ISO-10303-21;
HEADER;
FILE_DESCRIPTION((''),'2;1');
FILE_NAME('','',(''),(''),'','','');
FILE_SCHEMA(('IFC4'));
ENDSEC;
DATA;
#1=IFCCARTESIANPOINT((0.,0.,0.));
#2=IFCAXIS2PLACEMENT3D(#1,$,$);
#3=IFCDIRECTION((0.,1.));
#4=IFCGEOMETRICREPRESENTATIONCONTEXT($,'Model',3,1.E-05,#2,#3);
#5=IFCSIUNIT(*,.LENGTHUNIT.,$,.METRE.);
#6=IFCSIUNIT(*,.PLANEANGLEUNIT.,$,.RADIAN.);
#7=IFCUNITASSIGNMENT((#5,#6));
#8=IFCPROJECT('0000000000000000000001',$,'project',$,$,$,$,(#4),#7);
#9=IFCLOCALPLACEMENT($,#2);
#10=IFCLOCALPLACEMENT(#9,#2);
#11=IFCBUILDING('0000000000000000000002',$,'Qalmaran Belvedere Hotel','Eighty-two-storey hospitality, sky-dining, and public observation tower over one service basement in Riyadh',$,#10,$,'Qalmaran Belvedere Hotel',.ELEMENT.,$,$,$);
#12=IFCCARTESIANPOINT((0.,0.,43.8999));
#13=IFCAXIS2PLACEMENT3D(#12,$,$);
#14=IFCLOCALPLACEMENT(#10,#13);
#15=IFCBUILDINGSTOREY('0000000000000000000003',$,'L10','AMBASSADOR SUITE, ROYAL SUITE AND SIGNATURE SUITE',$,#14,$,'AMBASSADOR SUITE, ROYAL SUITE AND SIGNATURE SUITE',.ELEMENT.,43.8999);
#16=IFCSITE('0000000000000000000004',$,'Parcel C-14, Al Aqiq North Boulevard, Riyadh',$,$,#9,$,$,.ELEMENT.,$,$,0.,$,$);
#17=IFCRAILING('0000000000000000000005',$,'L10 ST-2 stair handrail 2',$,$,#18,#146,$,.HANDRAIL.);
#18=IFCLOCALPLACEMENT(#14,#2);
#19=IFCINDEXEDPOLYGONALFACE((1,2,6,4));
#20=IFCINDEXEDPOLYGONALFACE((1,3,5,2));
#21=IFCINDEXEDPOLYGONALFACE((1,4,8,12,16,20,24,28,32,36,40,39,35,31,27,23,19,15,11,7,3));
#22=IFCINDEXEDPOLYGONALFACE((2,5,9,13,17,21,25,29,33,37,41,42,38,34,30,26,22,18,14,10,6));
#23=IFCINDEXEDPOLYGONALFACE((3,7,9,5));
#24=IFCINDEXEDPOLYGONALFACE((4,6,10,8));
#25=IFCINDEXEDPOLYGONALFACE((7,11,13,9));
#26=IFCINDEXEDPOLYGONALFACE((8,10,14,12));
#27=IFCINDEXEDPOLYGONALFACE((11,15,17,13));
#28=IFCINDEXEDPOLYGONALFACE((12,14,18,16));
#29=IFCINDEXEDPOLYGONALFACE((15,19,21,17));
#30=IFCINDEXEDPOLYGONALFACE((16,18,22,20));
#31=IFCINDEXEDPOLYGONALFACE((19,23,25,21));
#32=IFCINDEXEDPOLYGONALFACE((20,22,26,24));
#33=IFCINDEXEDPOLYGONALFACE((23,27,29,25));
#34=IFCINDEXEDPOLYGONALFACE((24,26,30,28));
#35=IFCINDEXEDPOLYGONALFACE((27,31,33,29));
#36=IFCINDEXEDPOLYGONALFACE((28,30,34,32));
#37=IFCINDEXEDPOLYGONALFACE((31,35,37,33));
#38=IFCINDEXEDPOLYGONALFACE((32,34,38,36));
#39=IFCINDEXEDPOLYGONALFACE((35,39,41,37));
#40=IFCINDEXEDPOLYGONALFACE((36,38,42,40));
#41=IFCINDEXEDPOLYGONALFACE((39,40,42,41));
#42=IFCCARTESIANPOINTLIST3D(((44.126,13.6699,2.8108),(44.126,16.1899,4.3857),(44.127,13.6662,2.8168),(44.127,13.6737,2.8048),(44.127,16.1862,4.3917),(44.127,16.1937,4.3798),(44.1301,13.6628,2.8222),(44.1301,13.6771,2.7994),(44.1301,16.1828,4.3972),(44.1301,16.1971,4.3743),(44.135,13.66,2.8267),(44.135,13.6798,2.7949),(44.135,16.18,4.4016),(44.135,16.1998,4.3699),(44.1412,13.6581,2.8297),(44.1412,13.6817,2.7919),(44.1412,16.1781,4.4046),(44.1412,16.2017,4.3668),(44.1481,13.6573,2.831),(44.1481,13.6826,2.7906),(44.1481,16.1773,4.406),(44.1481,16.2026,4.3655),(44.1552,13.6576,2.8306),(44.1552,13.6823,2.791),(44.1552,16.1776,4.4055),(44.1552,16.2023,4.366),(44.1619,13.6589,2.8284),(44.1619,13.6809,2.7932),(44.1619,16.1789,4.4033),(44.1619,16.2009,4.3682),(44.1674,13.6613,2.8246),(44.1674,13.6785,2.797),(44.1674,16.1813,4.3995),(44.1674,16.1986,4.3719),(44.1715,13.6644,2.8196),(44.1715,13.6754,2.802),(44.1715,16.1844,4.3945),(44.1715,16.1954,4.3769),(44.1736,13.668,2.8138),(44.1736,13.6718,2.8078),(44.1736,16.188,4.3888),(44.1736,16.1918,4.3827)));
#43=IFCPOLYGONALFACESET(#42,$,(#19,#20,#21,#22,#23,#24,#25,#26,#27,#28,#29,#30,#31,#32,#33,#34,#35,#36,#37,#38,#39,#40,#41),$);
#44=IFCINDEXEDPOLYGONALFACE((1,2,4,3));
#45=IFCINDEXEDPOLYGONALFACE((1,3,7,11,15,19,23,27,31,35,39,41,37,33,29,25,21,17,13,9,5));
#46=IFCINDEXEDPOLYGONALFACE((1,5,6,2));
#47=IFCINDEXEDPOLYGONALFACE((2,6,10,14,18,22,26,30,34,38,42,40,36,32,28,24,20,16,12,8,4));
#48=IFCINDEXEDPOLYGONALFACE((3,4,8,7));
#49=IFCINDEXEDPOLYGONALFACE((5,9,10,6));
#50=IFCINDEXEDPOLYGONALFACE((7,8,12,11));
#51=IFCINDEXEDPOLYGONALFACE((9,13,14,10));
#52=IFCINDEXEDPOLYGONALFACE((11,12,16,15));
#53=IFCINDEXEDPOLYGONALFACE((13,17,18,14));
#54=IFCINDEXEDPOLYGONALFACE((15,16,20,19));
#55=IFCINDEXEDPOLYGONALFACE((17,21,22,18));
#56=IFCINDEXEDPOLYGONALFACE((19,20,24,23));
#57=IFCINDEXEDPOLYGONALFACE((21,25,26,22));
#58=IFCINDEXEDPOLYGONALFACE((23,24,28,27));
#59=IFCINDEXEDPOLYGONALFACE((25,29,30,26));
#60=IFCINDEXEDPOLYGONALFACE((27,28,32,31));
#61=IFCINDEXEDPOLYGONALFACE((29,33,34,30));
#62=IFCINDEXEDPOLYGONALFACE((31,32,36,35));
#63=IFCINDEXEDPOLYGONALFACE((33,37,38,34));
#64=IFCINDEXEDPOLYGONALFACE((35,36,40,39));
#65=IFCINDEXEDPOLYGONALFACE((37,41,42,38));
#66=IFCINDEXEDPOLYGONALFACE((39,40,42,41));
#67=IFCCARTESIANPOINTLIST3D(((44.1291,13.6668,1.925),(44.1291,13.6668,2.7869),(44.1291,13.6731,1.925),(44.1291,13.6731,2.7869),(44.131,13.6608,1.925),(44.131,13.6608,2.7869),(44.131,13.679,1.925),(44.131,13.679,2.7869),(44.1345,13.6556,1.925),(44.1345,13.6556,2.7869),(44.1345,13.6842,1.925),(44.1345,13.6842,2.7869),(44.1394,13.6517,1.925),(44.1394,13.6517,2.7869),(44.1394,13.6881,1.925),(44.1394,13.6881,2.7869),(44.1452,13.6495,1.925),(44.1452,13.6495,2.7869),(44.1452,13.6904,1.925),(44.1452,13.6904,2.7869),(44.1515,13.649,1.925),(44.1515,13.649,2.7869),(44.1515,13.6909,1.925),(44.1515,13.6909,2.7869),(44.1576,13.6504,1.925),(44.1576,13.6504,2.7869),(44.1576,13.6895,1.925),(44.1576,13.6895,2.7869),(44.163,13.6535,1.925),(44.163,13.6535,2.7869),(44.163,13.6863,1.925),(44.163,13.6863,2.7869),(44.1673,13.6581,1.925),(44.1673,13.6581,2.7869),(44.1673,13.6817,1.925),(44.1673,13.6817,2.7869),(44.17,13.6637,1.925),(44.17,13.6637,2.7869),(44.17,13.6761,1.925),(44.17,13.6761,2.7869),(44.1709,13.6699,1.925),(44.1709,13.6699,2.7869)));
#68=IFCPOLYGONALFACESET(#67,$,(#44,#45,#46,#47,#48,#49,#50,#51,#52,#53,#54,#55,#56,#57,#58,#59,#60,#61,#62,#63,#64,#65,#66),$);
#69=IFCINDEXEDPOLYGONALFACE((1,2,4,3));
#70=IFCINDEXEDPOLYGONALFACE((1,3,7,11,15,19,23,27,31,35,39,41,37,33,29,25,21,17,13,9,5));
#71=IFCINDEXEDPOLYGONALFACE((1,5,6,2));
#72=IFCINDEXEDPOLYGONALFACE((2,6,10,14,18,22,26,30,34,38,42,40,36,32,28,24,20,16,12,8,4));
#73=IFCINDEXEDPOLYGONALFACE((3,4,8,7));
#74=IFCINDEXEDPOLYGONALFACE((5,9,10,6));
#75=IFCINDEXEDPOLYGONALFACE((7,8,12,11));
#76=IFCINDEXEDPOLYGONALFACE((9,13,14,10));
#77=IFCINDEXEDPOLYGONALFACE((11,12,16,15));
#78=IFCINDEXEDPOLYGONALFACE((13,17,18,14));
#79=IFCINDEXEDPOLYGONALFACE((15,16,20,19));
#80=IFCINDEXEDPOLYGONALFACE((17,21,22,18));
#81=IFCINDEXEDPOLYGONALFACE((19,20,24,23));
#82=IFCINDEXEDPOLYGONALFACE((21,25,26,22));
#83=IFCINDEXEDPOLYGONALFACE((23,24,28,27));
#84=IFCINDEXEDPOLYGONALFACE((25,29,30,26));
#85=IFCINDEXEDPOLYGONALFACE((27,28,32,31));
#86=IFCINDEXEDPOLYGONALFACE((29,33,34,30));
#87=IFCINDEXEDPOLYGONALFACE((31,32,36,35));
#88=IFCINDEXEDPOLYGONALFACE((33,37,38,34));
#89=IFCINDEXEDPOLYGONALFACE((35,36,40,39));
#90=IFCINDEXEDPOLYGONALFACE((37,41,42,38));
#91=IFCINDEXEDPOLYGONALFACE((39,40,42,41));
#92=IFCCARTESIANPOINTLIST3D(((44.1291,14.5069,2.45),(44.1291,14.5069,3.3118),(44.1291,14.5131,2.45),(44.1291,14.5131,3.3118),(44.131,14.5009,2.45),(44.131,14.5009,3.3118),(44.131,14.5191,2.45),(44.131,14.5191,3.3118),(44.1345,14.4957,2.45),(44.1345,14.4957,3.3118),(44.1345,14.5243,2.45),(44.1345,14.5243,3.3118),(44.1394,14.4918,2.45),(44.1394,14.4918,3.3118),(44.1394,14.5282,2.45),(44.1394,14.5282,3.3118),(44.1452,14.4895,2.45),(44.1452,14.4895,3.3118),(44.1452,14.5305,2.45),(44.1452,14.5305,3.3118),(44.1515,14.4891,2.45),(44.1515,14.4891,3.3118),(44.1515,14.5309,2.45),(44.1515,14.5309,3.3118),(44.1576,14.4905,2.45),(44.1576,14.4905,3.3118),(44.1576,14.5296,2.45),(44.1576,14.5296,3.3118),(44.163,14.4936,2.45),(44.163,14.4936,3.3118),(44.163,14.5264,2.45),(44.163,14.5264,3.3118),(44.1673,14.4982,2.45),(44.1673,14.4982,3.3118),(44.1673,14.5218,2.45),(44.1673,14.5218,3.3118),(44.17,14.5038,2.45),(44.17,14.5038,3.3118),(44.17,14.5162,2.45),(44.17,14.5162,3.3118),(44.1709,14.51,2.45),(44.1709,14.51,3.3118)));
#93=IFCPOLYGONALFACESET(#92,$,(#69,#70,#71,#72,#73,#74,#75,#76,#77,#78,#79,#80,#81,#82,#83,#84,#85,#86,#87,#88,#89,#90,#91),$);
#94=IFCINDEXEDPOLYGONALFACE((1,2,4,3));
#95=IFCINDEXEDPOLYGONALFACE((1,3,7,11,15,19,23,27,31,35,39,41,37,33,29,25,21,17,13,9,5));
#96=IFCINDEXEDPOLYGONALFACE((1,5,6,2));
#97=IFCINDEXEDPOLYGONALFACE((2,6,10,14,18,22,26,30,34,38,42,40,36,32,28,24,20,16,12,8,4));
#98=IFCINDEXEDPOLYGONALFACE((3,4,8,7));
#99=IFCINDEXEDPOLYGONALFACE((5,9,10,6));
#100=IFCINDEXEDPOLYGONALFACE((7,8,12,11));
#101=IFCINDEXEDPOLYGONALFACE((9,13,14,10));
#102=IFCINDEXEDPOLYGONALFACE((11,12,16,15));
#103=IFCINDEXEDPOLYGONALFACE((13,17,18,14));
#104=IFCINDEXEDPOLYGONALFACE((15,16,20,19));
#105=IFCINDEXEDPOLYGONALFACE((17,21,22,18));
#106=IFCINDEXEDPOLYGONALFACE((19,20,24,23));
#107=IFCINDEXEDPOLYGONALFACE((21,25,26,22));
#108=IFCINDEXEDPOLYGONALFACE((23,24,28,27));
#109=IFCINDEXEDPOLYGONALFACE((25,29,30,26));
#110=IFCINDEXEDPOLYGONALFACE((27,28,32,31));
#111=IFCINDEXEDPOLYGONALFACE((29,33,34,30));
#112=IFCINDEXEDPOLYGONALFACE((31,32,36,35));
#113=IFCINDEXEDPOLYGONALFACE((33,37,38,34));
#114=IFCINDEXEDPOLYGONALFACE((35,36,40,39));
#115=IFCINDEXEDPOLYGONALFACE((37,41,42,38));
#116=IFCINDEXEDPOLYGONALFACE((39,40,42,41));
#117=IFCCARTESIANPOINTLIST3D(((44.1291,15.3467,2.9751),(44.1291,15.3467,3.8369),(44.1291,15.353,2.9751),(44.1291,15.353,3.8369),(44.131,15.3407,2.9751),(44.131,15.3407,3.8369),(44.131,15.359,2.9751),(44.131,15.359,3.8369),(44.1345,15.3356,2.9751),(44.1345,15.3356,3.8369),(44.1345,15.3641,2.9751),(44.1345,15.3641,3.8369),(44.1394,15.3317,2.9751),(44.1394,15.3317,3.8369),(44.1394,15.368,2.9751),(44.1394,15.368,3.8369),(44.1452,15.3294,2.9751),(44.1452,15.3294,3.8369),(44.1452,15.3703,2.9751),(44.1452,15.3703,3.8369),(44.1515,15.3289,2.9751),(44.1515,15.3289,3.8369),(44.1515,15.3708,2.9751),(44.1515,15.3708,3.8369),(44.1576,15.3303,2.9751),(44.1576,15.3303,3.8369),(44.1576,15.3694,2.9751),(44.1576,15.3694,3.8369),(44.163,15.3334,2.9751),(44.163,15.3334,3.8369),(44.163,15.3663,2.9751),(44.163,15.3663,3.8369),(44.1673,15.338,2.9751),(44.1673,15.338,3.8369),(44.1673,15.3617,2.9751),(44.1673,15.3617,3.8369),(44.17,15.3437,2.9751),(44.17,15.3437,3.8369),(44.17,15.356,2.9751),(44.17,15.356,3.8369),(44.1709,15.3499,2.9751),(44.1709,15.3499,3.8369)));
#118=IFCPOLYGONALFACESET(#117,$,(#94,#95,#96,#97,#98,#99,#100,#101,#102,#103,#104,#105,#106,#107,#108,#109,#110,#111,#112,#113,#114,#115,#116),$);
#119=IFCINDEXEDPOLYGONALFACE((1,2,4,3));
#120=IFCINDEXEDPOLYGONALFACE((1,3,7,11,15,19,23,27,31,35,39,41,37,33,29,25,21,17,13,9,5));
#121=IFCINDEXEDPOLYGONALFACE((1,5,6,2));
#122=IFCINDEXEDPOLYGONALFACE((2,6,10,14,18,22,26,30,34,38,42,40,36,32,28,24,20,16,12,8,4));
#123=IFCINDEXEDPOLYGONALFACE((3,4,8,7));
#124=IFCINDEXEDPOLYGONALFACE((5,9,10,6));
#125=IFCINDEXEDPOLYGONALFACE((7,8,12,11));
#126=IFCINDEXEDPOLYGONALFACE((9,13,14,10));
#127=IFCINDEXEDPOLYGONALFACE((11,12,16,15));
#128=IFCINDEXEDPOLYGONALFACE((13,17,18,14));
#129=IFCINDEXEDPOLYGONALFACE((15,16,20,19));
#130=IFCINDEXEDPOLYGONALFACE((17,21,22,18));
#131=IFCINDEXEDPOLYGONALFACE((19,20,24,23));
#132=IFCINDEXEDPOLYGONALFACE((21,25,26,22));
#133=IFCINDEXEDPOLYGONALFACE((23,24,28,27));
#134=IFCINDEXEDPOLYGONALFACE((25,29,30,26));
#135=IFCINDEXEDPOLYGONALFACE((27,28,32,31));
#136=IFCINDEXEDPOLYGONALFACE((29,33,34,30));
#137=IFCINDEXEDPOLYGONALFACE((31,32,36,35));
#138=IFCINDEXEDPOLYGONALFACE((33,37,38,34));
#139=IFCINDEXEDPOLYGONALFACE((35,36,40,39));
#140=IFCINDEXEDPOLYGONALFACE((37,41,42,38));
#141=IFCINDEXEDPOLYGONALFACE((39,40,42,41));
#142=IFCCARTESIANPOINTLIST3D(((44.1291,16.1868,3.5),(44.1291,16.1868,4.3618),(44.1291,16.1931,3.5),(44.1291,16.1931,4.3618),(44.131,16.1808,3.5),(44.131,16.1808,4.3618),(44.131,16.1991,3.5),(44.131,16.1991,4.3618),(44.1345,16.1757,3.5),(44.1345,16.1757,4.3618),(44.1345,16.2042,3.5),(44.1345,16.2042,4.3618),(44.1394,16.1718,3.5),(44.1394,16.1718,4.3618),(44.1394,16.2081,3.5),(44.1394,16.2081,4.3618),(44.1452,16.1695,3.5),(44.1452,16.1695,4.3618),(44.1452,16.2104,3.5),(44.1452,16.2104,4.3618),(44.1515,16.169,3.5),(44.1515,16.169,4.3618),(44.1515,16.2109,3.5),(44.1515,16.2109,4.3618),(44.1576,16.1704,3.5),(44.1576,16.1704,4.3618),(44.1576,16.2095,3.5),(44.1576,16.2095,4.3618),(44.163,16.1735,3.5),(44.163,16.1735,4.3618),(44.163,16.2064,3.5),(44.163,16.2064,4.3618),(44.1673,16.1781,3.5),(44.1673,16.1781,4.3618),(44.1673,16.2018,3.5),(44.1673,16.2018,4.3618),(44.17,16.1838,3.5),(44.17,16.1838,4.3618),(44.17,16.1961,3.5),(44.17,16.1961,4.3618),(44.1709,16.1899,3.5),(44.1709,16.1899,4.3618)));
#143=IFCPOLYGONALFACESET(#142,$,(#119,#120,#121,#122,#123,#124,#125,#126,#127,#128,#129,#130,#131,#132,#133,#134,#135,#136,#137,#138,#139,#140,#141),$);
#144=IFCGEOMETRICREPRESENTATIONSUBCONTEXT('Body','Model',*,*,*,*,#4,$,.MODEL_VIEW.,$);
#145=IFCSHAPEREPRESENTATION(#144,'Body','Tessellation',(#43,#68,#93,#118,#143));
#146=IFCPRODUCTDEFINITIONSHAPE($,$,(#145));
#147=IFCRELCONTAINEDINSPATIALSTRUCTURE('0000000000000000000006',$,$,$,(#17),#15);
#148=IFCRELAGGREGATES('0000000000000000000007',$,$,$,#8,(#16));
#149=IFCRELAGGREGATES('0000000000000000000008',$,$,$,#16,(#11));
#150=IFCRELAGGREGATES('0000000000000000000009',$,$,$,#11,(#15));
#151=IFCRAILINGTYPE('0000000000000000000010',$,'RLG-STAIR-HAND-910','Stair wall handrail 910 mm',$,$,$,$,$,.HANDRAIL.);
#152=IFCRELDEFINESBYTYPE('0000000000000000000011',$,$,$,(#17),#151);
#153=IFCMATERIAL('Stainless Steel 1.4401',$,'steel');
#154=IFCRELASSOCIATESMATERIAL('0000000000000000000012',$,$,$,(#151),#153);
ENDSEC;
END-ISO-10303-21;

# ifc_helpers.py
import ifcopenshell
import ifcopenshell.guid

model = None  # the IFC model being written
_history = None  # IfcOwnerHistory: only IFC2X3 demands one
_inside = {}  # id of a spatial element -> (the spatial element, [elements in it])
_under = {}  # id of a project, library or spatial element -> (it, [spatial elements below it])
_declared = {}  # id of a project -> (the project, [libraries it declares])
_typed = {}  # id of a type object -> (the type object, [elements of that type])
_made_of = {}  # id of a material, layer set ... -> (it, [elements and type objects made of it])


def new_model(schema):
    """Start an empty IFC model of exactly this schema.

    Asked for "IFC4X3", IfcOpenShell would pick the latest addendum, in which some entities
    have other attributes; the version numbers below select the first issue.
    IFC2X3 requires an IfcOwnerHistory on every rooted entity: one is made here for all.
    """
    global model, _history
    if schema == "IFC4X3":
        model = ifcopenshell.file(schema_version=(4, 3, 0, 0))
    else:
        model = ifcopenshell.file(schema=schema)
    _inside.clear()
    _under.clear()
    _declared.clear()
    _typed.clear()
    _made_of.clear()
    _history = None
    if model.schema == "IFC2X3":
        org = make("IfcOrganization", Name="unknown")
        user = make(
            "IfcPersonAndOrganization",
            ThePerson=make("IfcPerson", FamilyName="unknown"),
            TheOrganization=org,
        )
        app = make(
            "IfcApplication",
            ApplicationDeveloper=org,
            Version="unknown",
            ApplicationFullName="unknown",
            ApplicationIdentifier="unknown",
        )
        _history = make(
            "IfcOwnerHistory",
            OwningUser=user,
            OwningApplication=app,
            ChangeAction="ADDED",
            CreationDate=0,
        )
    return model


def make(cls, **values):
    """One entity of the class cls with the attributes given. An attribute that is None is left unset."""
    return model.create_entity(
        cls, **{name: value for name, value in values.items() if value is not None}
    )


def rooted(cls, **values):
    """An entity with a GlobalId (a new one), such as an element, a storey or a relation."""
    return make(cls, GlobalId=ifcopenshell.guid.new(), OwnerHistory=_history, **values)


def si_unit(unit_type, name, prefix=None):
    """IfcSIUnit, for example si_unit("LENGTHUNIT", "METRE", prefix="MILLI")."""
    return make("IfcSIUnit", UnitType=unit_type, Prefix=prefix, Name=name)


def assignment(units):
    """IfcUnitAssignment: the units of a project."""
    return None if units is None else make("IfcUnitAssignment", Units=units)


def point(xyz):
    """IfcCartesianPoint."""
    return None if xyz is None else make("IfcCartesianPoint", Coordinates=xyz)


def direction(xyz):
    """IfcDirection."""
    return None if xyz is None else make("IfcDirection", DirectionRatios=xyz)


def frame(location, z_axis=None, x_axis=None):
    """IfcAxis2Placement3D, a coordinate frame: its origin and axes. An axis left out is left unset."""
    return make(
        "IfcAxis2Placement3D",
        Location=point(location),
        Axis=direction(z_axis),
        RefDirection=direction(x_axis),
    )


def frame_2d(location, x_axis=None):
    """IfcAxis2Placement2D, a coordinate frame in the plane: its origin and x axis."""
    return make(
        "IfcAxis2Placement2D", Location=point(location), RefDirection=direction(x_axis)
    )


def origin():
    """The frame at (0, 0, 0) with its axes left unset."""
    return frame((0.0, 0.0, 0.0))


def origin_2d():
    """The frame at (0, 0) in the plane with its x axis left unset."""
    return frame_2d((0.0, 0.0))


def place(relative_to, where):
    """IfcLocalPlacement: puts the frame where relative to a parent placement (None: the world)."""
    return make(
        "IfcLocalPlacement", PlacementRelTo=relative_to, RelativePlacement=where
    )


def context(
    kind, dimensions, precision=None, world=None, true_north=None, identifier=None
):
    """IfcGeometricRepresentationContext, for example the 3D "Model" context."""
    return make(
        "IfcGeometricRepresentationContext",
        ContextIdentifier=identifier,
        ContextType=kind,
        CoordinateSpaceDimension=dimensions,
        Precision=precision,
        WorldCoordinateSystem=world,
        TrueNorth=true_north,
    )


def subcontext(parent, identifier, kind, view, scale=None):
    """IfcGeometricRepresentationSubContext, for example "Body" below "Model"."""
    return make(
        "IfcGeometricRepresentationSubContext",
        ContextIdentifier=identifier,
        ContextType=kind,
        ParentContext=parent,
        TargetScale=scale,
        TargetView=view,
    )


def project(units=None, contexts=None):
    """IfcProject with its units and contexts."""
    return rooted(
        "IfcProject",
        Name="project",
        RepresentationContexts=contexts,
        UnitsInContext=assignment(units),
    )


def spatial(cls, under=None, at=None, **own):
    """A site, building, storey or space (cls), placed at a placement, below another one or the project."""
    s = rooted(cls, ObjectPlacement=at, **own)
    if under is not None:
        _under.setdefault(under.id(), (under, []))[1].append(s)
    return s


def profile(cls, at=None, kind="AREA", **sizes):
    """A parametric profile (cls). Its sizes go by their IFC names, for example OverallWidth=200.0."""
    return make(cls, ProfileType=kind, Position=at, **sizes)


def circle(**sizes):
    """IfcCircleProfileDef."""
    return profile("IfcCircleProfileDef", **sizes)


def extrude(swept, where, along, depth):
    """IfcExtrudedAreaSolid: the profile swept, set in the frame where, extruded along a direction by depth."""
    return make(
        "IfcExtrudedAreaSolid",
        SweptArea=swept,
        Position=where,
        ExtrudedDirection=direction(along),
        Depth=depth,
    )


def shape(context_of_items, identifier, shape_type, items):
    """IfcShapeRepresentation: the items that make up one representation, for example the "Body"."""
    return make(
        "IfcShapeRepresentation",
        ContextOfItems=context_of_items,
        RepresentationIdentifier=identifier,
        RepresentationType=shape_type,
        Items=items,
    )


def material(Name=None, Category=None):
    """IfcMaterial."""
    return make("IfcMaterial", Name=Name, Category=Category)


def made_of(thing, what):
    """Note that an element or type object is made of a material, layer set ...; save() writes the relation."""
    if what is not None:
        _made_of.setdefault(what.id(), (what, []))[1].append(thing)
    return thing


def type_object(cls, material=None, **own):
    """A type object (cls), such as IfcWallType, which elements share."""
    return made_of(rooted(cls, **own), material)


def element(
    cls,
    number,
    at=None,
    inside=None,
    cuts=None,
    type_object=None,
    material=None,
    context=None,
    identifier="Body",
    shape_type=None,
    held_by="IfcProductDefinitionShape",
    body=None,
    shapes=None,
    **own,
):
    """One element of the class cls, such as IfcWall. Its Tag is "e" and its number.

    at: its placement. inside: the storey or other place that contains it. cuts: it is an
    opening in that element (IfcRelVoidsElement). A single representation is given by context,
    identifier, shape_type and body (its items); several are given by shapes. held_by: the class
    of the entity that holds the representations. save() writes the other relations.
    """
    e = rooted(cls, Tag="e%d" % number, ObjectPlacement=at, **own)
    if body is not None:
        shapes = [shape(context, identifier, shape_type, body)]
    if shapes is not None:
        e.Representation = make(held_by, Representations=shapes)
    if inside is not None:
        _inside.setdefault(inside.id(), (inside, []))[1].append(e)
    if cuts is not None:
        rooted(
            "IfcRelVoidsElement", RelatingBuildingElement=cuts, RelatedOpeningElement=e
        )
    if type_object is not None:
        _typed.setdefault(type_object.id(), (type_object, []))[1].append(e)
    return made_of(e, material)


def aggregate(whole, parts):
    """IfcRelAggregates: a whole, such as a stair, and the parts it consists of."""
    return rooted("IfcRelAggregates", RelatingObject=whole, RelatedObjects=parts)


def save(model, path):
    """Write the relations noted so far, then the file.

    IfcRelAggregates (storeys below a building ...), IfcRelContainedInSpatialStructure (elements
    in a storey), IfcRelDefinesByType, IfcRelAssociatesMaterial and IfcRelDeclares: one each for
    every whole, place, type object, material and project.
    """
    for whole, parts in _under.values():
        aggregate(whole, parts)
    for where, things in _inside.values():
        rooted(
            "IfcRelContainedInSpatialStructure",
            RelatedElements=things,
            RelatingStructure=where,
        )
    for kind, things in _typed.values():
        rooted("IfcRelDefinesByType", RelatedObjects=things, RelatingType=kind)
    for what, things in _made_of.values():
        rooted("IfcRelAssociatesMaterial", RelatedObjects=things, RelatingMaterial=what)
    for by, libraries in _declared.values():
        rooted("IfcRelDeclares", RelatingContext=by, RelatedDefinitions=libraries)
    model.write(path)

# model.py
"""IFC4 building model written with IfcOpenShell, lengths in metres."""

from ifc_helpers import new_model, si_unit, direction, frame, origin, origin_2d, place, context, subcontext, project, spatial, circle, extrude, material, type_object, element, save


model = new_model("IFC4")

# Units and contexts
model_context = context("Model", 3, precision=1e-05, world=origin(), true_north=direction((0.0, 1.0)))
body_context = subcontext(model_context, "Body", "Model", "MODEL_VIEW")
ifc_project = project(units=[si_unit("LENGTHUNIT", "METRE"), si_unit("PLANEANGLEUNIT", "RADIAN")], contexts=[model_context])

# Site, building, storey
site_placement = place(None, origin())
site = spatial("IfcSite", under=ifc_project, at=site_placement, Name="Parcel C-14, Al Aqiq North Boulevard, Riyadh", CompositionType="ELEMENT", RefElevation=0.0)
building_placement = place(site_placement, origin())
building = spatial("IfcBuilding", under=site, at=building_placement, Name="Qalmaran Belvedere Hotel", Description="Eighty-two-storey hospitality, sky-dining, and public observation tower over one service basement in Riyadh", LongName="Qalmaran Belvedere Hotel", CompositionType="ELEMENT")
storey_placement = place(building_placement, frame((0.0, 0.0, 43.8999)))
storey = spatial("IfcBuildingStorey", under=building, at=storey_placement, Name="L10", Description="AMBASSADOR SUITE, ROYAL SUITE AND SIGNATURE SUITE", LongName="AMBASSADOR SUITE, ROYAL SUITE AND SIGNATURE SUITE", CompositionType="ELEMENT", Elevation=43.8999)

# Shared definitions
ifc_material_1 = material(Name="Stainless Steel 1.4401", Category="steel")

# Railing
railing_type_1 = type_object("IfcRailingType", Name="RLG-STAIR-HAND-910", Description="Stair wall handrail 910 mm", PredefinedType="HANDRAIL", material=ifc_material_1)
railing_1_placement = place(storey_placement, frame((44.1499, 13.6699, 1.925)))
element("IfcRailing", 1, at=railing_1_placement, inside=storey, type_object=railing_type_1, Name="L10 ST-2 stair handrail 2", PredefinedType="HANDRAIL", context=body_context, shape_type="SweptSolid", body=[
    extrude(circle(Radius=0.0239, at=origin_2d()), frame((0.0, 0.0, 0.8857), z_axis=(0.0, 0.848008, 0.529984), x_axis=(-1.0, 0.0, 0.0)), (0.0, 0.0, 1.0), 2.9717),
    extrude(circle(Radius=0.021, at=origin_2d()), origin(), (0.0, 0.0, 1.0), 0.8618),
    extrude(circle(Radius=0.021, at=origin_2d()), frame((0.0, 0.8401, 0.5249)), (0.0, 0.0, 1.0), 0.8618),
    extrude(circle(Radius=0.021, at=origin_2d()), frame((0.0, 1.6799, 1.05)), (0.0, 0.0, 1.0), 0.8618),
    extrude(circle(Radius=0.021, at=origin_2d()), frame((0.0, 2.52, 1.575)), (0.0, 0.0, 1.0), 0.8618),
])

save(model, "model.ifc")
